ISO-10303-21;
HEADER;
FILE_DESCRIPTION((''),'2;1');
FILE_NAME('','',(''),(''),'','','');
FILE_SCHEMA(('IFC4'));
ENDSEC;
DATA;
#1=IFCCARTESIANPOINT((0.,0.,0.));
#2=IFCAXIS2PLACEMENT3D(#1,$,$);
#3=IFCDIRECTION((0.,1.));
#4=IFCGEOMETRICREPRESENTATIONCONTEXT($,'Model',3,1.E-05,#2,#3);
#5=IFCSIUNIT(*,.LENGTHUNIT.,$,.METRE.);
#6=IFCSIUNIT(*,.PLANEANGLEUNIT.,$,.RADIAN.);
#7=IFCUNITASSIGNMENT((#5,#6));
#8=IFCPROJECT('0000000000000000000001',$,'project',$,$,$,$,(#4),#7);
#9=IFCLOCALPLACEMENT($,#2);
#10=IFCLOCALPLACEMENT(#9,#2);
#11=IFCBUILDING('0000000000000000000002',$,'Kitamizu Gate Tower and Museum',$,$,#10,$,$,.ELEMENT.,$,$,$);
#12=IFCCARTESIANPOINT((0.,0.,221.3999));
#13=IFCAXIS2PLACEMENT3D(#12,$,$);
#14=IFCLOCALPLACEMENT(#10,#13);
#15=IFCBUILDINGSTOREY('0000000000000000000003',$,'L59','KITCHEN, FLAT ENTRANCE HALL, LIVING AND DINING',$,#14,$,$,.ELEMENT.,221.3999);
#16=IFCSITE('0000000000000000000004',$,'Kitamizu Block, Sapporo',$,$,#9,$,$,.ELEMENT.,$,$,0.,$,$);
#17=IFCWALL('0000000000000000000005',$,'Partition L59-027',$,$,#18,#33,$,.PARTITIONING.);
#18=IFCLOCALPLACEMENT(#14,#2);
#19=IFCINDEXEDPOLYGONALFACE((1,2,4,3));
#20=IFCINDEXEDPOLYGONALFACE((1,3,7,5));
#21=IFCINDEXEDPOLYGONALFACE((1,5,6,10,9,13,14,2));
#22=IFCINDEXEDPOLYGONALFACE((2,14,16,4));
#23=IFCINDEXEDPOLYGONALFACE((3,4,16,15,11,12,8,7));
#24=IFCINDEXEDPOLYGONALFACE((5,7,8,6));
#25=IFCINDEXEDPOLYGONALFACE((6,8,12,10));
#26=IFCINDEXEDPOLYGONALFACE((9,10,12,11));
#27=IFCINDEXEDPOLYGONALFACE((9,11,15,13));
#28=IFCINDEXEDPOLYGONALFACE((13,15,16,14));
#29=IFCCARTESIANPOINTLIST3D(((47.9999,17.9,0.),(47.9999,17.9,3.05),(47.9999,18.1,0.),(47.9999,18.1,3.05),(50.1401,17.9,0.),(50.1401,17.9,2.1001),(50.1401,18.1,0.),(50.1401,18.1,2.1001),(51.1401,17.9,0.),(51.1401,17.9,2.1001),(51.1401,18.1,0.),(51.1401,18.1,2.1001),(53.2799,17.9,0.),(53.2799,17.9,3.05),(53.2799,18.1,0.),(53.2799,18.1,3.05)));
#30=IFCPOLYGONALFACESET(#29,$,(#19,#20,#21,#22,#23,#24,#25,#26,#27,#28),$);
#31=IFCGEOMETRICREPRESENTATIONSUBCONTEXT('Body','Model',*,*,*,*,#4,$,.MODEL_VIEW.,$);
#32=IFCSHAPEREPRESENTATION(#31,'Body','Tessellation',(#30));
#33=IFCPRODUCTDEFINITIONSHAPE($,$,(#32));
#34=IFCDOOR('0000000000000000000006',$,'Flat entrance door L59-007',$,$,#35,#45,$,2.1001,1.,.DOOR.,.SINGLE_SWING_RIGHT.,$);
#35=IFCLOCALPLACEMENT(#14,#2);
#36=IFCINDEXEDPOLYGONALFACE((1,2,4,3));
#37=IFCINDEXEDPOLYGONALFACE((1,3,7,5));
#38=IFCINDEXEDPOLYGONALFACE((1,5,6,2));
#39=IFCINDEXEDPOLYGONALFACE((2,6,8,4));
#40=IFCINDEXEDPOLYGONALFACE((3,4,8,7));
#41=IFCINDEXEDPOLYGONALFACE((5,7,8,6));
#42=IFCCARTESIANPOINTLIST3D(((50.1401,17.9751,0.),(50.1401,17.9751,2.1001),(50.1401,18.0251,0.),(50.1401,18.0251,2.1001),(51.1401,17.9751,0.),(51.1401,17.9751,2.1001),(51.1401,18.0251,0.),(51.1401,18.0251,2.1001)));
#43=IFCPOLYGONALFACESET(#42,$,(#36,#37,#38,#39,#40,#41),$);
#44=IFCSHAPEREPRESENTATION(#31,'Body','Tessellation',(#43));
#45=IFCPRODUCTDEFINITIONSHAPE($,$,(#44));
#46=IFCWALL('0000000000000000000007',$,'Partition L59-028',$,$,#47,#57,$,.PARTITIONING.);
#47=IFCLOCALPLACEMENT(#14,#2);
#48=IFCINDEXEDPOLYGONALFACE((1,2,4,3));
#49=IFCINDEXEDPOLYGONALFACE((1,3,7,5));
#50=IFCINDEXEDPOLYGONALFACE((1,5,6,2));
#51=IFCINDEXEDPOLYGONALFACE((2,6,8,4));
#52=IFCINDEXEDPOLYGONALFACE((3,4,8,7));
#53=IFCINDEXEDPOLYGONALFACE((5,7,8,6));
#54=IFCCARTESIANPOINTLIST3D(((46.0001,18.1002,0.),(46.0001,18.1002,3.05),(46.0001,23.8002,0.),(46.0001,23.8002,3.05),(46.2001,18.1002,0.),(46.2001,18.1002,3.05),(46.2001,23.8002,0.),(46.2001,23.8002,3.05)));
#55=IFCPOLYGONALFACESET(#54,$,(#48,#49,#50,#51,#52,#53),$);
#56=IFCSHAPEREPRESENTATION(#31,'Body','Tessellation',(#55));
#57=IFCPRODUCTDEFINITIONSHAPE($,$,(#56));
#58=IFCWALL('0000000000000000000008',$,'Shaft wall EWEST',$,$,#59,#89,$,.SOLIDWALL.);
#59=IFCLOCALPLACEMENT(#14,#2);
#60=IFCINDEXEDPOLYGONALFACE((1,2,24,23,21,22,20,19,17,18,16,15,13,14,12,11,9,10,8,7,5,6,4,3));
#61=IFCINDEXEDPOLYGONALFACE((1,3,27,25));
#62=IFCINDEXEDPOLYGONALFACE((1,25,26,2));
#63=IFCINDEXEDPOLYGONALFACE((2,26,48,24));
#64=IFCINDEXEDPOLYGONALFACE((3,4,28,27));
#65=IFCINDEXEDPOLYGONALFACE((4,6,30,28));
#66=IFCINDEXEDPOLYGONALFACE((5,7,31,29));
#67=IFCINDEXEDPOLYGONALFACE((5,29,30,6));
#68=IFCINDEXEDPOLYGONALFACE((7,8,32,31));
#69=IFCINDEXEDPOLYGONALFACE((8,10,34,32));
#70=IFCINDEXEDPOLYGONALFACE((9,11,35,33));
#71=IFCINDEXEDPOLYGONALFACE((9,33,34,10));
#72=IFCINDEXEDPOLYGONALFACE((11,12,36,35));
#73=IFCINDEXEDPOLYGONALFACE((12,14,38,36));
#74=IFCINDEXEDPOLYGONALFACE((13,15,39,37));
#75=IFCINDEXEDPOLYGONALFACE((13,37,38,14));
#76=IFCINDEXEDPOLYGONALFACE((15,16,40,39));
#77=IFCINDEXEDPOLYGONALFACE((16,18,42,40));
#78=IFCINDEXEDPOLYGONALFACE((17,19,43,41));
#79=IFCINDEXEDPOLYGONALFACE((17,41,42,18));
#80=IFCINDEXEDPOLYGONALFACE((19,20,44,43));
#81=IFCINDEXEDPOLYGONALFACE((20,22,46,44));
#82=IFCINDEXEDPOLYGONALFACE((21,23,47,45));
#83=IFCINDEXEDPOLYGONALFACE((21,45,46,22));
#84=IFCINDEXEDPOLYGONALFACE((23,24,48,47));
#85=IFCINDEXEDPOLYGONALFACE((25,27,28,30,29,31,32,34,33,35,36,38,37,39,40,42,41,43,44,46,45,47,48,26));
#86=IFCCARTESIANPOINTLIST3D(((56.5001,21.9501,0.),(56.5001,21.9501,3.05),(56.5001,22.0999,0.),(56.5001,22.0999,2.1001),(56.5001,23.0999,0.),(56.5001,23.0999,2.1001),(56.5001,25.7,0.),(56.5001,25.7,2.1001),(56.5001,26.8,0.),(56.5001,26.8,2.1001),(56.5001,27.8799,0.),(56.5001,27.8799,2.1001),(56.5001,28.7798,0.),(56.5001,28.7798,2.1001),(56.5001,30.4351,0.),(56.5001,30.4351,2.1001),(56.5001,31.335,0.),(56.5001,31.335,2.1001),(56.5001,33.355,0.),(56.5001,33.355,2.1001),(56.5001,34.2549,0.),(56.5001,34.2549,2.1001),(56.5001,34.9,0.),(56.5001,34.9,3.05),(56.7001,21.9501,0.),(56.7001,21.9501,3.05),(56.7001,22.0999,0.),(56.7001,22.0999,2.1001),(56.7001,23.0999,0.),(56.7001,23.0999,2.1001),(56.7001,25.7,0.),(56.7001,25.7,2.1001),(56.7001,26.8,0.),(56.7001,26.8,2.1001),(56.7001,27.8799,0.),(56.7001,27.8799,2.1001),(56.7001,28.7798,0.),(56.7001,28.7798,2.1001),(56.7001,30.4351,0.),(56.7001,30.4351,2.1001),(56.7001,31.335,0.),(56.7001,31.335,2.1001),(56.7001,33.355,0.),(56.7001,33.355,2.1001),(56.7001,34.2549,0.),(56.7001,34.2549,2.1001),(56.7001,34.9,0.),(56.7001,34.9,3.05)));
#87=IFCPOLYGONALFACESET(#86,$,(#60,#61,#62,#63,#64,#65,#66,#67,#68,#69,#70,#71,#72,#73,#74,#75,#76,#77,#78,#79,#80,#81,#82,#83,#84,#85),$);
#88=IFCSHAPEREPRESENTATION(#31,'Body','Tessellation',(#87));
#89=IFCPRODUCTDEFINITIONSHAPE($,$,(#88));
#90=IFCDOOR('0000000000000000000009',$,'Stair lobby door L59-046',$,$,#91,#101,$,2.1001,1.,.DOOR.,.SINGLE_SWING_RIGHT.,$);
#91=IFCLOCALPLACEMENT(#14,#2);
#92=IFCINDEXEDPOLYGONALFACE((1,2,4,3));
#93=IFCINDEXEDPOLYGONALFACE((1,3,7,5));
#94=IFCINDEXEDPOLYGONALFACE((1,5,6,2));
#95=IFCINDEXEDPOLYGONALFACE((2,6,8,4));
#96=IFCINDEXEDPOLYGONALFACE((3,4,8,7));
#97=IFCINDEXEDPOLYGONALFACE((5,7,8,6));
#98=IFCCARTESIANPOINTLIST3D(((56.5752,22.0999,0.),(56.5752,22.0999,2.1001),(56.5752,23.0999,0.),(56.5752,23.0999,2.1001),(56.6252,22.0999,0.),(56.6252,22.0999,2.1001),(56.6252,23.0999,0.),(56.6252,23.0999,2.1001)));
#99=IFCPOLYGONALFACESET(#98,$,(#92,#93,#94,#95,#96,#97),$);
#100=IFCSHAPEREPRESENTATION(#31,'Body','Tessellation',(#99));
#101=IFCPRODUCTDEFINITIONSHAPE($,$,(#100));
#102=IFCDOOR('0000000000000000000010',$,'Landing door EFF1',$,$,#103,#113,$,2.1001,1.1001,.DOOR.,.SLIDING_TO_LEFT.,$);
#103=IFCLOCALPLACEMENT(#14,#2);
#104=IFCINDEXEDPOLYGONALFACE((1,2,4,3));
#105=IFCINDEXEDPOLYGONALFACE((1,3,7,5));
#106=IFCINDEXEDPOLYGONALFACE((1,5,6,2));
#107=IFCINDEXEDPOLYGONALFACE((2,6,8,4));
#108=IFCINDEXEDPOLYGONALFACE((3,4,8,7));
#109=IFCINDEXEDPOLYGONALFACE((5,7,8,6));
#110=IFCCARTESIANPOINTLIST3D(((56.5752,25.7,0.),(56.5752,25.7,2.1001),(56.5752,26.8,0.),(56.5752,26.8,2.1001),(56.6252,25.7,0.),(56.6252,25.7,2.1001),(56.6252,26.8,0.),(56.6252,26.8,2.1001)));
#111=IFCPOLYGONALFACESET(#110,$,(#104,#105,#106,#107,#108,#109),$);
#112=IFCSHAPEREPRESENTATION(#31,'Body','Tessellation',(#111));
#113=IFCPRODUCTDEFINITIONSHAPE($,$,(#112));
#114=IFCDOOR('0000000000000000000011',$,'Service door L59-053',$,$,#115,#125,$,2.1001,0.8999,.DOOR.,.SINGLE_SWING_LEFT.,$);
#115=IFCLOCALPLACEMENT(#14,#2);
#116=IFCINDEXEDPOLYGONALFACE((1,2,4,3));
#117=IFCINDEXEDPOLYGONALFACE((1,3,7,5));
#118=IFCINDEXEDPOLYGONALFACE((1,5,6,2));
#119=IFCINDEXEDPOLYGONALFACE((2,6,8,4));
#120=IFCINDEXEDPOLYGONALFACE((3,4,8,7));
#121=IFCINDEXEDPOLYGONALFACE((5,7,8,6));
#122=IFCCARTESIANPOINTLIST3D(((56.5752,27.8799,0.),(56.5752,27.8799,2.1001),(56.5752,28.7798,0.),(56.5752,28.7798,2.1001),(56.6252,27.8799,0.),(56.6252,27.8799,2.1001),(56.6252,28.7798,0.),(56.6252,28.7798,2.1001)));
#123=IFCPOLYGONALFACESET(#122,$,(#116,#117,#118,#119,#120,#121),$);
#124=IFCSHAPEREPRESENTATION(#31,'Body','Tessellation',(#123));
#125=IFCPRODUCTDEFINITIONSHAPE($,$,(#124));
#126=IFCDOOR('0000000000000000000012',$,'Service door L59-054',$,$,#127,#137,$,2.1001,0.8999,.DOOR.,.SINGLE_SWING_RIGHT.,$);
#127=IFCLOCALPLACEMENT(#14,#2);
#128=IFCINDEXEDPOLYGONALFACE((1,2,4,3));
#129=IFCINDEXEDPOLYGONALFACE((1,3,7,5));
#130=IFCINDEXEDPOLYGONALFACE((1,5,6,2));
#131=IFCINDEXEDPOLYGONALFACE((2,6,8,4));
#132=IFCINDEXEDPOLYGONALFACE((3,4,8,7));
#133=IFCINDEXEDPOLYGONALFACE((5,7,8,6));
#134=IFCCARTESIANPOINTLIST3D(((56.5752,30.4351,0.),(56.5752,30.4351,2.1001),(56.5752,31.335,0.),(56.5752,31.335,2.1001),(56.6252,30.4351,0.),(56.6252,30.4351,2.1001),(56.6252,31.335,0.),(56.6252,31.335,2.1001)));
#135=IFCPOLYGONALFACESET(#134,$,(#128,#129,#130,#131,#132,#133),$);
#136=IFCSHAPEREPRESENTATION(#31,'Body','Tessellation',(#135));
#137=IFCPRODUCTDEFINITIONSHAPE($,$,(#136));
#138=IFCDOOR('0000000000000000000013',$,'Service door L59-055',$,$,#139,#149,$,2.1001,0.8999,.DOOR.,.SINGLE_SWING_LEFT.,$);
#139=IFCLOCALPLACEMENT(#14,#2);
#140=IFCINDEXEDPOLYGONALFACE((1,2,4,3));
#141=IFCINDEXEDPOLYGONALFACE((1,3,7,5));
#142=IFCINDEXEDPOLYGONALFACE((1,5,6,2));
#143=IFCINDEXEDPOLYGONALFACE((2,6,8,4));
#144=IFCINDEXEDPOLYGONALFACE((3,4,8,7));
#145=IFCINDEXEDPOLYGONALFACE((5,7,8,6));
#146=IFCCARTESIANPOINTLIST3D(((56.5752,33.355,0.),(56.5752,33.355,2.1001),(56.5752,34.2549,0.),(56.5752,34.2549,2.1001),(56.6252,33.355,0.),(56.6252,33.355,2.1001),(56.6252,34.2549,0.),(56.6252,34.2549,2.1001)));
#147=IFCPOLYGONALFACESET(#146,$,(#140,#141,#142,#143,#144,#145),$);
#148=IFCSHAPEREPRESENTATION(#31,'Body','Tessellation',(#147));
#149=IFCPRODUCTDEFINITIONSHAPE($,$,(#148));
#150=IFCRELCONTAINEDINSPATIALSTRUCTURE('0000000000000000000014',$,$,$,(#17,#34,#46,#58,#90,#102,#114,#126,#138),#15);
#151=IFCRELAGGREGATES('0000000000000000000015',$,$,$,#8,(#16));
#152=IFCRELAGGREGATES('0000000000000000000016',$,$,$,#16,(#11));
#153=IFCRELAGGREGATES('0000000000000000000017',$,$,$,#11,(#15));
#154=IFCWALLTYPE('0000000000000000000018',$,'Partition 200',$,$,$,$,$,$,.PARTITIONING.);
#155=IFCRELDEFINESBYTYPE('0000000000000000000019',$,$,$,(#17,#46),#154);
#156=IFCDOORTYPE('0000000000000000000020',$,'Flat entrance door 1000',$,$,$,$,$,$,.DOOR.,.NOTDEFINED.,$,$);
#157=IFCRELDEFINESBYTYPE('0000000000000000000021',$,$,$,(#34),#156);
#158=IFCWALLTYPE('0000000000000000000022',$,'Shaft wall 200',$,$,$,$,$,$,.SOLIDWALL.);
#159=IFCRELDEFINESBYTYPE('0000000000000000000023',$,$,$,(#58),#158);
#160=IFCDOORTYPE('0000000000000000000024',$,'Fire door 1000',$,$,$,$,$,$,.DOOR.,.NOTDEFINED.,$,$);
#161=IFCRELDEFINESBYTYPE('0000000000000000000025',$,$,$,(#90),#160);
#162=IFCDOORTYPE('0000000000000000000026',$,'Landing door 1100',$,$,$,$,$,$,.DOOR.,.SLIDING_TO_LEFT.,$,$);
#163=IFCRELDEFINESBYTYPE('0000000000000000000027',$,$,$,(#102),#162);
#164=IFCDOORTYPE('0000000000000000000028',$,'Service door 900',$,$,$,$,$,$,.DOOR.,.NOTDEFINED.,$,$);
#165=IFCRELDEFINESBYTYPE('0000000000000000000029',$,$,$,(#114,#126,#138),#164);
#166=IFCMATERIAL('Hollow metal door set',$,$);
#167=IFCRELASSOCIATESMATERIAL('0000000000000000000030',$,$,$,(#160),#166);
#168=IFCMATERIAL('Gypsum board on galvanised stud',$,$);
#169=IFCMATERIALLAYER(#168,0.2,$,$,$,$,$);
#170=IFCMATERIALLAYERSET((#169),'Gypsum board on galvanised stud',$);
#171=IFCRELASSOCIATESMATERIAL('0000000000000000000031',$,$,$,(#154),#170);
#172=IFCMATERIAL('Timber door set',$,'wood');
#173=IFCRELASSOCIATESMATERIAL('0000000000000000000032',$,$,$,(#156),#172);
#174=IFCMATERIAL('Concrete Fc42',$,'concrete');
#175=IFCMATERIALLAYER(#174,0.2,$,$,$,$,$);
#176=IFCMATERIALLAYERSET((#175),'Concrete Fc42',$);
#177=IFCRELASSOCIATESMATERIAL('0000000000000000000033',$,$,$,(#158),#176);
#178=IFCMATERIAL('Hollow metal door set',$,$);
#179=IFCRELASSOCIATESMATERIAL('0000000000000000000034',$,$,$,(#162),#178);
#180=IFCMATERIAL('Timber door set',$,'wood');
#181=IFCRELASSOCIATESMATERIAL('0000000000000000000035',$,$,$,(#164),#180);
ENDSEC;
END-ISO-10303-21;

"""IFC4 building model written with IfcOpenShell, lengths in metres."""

from ifc_helpers import new_model, si_unit, direction, frame, frame_2d, origin, place, context, subcontext, project, spatial, rectangle, extrude, material, layer, layer_set, type_object, element, fill, save


model = new_model("IFC4")

# Units and contexts
model_context = context("Model", 3, precision=1e-05, world=origin(), true_north=direction((0.0, 1.0)))
body_context = subcontext(model_context, "Body", "Model", "MODEL_VIEW")
ifc_project = project(units=[si_unit("LENGTHUNIT", "METRE"), si_unit("PLANEANGLEUNIT", "RADIAN")], contexts=[model_context])

# Site, building, storey
site_placement = place(None, origin())
site = spatial("IfcSite", under=ifc_project, at=site_placement, Name="Kitamizu Block, Sapporo", CompositionType="ELEMENT", RefElevation=0.0)
building_placement = place(site_placement, origin())
building = spatial("IfcBuilding", under=site, at=building_placement, Name="Kitamizu Gate Tower and Museum", CompositionType="ELEMENT")
storey_placement = place(building_placement, frame((0.0, 0.0, 221.3999)))
storey = spatial("IfcBuildingStorey", under=building, at=storey_placement, Name="L59", Description="KITCHEN, FLAT ENTRANCE HALL, LIVING AND DINING", CompositionType="ELEMENT", Elevation=221.3999)

# Shared definitions
ifc_material_1 = material(Name="Hollow metal door set")
door_type_1 = type_object("IfcDoorType", Name="Fire door 1000", OperationType="NOTDEFINED", PredefinedType="DOOR", material=ifc_material_1)

# Shared definitions
ifc_material_2 = material(Name="Gypsum board on galvanised stud")
ifc_layer_1 = layer(ifc_material_2, 0.2)
ifc_layer_set_1 = layer_set([ifc_layer_1], Name="Gypsum board on galvanised stud")
wall_type_1 = type_object("IfcWallType", Name="Partition 200", PredefinedType="PARTITIONING", material=ifc_layer_set_1)

# Wall, opening, door
wall_1_placement = place(storey_placement, frame((53.28, 18.0, 0.0), z_axis=(0.0, 0.0, 1.0), x_axis=(-1.0, 0.0, 0.0)))
wall_1 = element("IfcWall", 1, at=wall_1_placement, inside=storey, type_object=wall_type_1, Name="Partition L59-027", PredefinedType="PARTITIONING", context=body_context, shape_type="SweptSolid", body=[
    extrude(rectangle(XDim=5.28, YDim=0.2, at=frame_2d((2.6401, 0.0))), origin(), (0.0, 0.0, 1.0), 3.05),
])
opening_1_placement = place(wall_1_placement, frame((2.1399, 0.0, 0.0)))
opening_1 = element("IfcOpeningElement", 2, at=opening_1_placement, cuts=wall_1, PredefinedType="OPENING", context=body_context, shape_type="SweptSolid", body=[
    extrude(rectangle(XDim=1.0, YDim=2.1001, at=frame_2d((0.5, 1.05))), frame((0.0, 0.1099, 0.0), z_axis=(0.0, -1.0, 0.0), x_axis=(1.0, 0.0, 0.0)), (0.0, 0.0, 1.0), 0.22),
])
ifc_material_3 = material(Name="Timber door set", Category="wood")
door_type_2 = type_object("IfcDoorType", Name="Flat entrance door 1000", OperationType="NOTDEFINED", PredefinedType="DOOR", material=ifc_material_3)
door_1_placement = place(opening_1_placement, origin())
door_1 = element("IfcDoor", 3, at=door_1_placement, inside=storey, type_object=door_type_2, Name="Flat entrance door L59-007", OperationType="SINGLE_SWING_RIGHT", OverallHeight=2.1001, OverallWidth=1.0, PredefinedType="DOOR", context=body_context, shape_type="SweptSolid", body=[
    extrude(rectangle(XDim=1.0, YDim=2.1001, at=frame_2d((0.5, 1.05))), frame((0.0, 0.0249, 0.0), z_axis=(0.0, -1.0, 0.0), x_axis=(1.0, 0.0, 0.0)), (0.0, 0.0, 1.0), 0.05),
])
fill(opening_1, door_1)

# Wall
wall_2_placement = place(storey_placement, frame((46.1001, 18.1001, 0.0), z_axis=(0.0, 0.0, 1.0), x_axis=(0.0, 1.0, 0.0)))
element("IfcWall", 4, at=wall_2_placement, inside=storey, type_object=wall_type_1, Name="Partition L59-028", PredefinedType="PARTITIONING", context=body_context, shape_type="SweptSolid", body=[
    extrude(rectangle(XDim=5.7, YDim=0.2, at=frame_2d((2.8501, 0.0))), origin(), (0.0, 0.0, 1.0), 3.05),
])

# Wall, openings, doors
ifc_material_4 = material(Name="Concrete Fc42", Category="concrete")
ifc_layer_2 = layer(ifc_material_4, 0.2)
ifc_layer_set_2 = layer_set([ifc_layer_2], Name="Concrete Fc42")
wall_type_2 = type_object("IfcWallType", Name="Shaft wall 200", PredefinedType="SOLIDWALL", material=ifc_layer_set_2)
wall_3_placement = place(storey_placement, frame((56.6001, 21.95, 0.0), z_axis=(0.0, 0.0, 1.0), x_axis=(0.0, 1.0, 0.0)))
wall_3 = element("IfcWall", 5, at=wall_3_placement, inside=storey, type_object=wall_type_2, Name="Shaft wall EWEST", PredefinedType="SOLIDWALL", context=body_context, shape_type="SweptSolid", body=[
    extrude(rectangle(XDim=12.95, YDim=0.2, at=frame_2d((6.4751, 0.0))), origin(), (0.0, 0.0, 1.0), 3.05),
])
opening_2_placement = place(wall_3_placement, frame((3.75, 0.0, 0.0)))
opening_2 = element("IfcOpeningElement", 6, at=opening_2_placement, cuts=wall_3, PredefinedType="OPENING", context=body_context, shape_type="SweptSolid", body=[
    extrude(rectangle(XDim=1.1001, YDim=2.1001, at=frame_2d((0.55, 1.05))), frame((0.0, 0.1099, 0.0), z_axis=(0.0, -1.0, 0.0), x_axis=(1.0, 0.0, 0.0)), (0.0, 0.0, 1.0), 0.22),
])
opening_3_placement = place(wall_3_placement, frame((0.1499, 0.0, 0.0)))
opening_3 = element("IfcOpeningElement", 7, at=opening_3_placement, cuts=wall_3, PredefinedType="OPENING", context=body_context, shape_type="SweptSolid", body=[
    extrude(rectangle(XDim=1.0, YDim=2.1001, at=frame_2d((0.5, 1.05))), frame((0.0, 0.1099, 0.0), z_axis=(0.0, -1.0, 0.0), x_axis=(1.0, 0.0, 0.0)), (0.0, 0.0, 1.0), 0.22),
])
opening_4_placement = place(wall_3_placement, frame((5.9299, 0.0, 0.0)))
opening_4 = element("IfcOpeningElement", 8, at=opening_4_placement, cuts=wall_3, PredefinedType="OPENING", context=body_context, shape_type="SweptSolid", body=[
    extrude(rectangle(XDim=0.8999, YDim=2.1001, at=frame_2d((0.45, 1.05))), frame((0.0, 0.1099, 0.0), z_axis=(0.0, -1.0, 0.0), x_axis=(1.0, 0.0, 0.0)), (0.0, 0.0, 1.0), 0.22),
])
opening_5_placement = place(wall_3_placement, frame((8.4851, 0.0, 0.0)))
opening_5 = element("IfcOpeningElement", 9, at=opening_5_placement, cuts=wall_3, PredefinedType="OPENING", context=body_context, shape_type="SweptSolid", body=[
    extrude(rectangle(XDim=0.8999, YDim=2.1001, at=frame_2d((0.45, 1.05))), frame((0.0, 0.1099, 0.0), z_axis=(0.0, -1.0, 0.0), x_axis=(1.0, 0.0, 0.0)), (0.0, 0.0, 1.0), 0.22),
])
opening_6_placement = place(wall_3_placement, frame((11.405, 0.0, 0.0)))
opening_6 = element("IfcOpeningElement", 10, at=opening_6_placement, cuts=wall_3, PredefinedType="OPENING", context=body_context, shape_type="SweptSolid", body=[
    extrude(rectangle(XDim=0.8999, YDim=2.1001, at=frame_2d((0.45, 1.05))), frame((0.0, 0.1099, 0.0), z_axis=(0.0, -1.0, 0.0), x_axis=(1.0, 0.0, 0.0)), (0.0, 0.0, 1.0), 0.22),
])
door_2_placement = place(opening_3_placement, origin())
door_2 = element("IfcDoor", 11, at=door_2_placement, inside=storey, type_object=door_type_1, Name="Stair lobby door L59-046", OperationType="SINGLE_SWING_RIGHT", OverallHeight=2.1001, OverallWidth=1.0, PredefinedType="DOOR", context=body_context, shape_type="SweptSolid", body=[
    extrude(rectangle(XDim=1.0, YDim=2.1001, at=frame_2d((0.5, 1.05))), frame((0.0, 0.0249, 0.0), z_axis=(0.0, -1.0, 0.0), x_axis=(1.0, 0.0, 0.0)), (0.0, 0.0, 1.0), 0.05),
])
fill(opening_3, door_2)
ifc_material_5 = material(Name="Hollow metal door set")
door_type_3 = type_object("IfcDoorType", Name="Landing door 1100", OperationType="SLIDING_TO_LEFT", PredefinedType="DOOR", material=ifc_material_5)
door_3_placement = place(opening_2_placement, origin())
door_3 = element("IfcDoor", 12, at=door_3_placement, inside=storey, type_object=door_type_3, Name="Landing door EFF1", OperationType="SLIDING_TO_LEFT", OverallHeight=2.1001, OverallWidth=1.1001, PredefinedType="DOOR", context=body_context, shape_type="SweptSolid", body=[
    extrude(rectangle(XDim=1.1001, YDim=2.1001, at=frame_2d((0.55, 1.05))), frame((0.0, 0.0249, 0.0), z_axis=(0.0, -1.0, 0.0), x_axis=(1.0, 0.0, 0.0)), (0.0, 0.0, 1.0), 0.05),
])
fill(opening_2, door_3)
ifc_material_6 = material(Name="Timber door set", Category="wood")
door_type_4 = type_object("IfcDoorType", Name="Service door 900", OperationType="NOTDEFINED", PredefinedType="DOOR", material=ifc_material_6)
door_4_placement = place(opening_4_placement, origin())
door_4 = element("IfcDoor", 13, at=door_4_placement, inside=storey, type_object=door_type_4, Name="Service door L59-053", OperationType="SINGLE_SWING_LEFT", OverallHeight=2.1001, OverallWidth=0.8999, PredefinedType="DOOR", context=body_context, shape_type="SweptSolid", body=[
    extrude(rectangle(XDim=0.8999, YDim=2.1001, at=frame_2d((0.45, 1.05))), frame((0.0, 0.0249, 0.0), z_axis=(0.0, -1.0, 0.0), x_axis=(1.0, 0.0, 0.0)), (0.0, 0.0, 1.0), 0.05),
])
fill(opening_4, door_4)
door_5_placement = place(opening_5_placement, origin())
door_5 = element("IfcDoor", 14, at=door_5_placement, inside=storey, type_object=door_type_4, Name="Service door L59-054", OperationType="SINGLE_SWING_RIGHT", OverallHeight=2.1001, OverallWidth=0.8999, PredefinedType="DOOR", context=body_context, shape_type="SweptSolid", body=[
    extrude(rectangle(XDim=0.8999, YDim=2.1001, at=frame_2d((0.45, 1.05))), frame((0.0, 0.0249, 0.0), z_axis=(0.0, -1.0, 0.0), x_axis=(1.0, 0.0, 0.0)), (0.0, 0.0, 1.0), 0.05),
])
fill(opening_5, door_5)
door_6_placement = place(opening_6_placement, origin())
door_6 = element("IfcDoor", 15, at=door_6_placement, inside=storey, type_object=door_type_4, Name="Service door L59-055", OperationType="SINGLE_SWING_LEFT", OverallHeight=2.1001, OverallWidth=0.8999, PredefinedType="DOOR", context=body_context, shape_type="SweptSolid", body=[
    extrude(rectangle(XDim=0.8999, YDim=2.1001, at=frame_2d((0.45, 1.05))), frame((0.0, 0.0249, 0.0), z_axis=(0.0, -1.0, 0.0), x_axis=(1.0, 0.0, 0.0)), (0.0, 0.0, 1.0), 0.05),
])
fill(opening_6, door_6)

save(model, "model.ifc")
